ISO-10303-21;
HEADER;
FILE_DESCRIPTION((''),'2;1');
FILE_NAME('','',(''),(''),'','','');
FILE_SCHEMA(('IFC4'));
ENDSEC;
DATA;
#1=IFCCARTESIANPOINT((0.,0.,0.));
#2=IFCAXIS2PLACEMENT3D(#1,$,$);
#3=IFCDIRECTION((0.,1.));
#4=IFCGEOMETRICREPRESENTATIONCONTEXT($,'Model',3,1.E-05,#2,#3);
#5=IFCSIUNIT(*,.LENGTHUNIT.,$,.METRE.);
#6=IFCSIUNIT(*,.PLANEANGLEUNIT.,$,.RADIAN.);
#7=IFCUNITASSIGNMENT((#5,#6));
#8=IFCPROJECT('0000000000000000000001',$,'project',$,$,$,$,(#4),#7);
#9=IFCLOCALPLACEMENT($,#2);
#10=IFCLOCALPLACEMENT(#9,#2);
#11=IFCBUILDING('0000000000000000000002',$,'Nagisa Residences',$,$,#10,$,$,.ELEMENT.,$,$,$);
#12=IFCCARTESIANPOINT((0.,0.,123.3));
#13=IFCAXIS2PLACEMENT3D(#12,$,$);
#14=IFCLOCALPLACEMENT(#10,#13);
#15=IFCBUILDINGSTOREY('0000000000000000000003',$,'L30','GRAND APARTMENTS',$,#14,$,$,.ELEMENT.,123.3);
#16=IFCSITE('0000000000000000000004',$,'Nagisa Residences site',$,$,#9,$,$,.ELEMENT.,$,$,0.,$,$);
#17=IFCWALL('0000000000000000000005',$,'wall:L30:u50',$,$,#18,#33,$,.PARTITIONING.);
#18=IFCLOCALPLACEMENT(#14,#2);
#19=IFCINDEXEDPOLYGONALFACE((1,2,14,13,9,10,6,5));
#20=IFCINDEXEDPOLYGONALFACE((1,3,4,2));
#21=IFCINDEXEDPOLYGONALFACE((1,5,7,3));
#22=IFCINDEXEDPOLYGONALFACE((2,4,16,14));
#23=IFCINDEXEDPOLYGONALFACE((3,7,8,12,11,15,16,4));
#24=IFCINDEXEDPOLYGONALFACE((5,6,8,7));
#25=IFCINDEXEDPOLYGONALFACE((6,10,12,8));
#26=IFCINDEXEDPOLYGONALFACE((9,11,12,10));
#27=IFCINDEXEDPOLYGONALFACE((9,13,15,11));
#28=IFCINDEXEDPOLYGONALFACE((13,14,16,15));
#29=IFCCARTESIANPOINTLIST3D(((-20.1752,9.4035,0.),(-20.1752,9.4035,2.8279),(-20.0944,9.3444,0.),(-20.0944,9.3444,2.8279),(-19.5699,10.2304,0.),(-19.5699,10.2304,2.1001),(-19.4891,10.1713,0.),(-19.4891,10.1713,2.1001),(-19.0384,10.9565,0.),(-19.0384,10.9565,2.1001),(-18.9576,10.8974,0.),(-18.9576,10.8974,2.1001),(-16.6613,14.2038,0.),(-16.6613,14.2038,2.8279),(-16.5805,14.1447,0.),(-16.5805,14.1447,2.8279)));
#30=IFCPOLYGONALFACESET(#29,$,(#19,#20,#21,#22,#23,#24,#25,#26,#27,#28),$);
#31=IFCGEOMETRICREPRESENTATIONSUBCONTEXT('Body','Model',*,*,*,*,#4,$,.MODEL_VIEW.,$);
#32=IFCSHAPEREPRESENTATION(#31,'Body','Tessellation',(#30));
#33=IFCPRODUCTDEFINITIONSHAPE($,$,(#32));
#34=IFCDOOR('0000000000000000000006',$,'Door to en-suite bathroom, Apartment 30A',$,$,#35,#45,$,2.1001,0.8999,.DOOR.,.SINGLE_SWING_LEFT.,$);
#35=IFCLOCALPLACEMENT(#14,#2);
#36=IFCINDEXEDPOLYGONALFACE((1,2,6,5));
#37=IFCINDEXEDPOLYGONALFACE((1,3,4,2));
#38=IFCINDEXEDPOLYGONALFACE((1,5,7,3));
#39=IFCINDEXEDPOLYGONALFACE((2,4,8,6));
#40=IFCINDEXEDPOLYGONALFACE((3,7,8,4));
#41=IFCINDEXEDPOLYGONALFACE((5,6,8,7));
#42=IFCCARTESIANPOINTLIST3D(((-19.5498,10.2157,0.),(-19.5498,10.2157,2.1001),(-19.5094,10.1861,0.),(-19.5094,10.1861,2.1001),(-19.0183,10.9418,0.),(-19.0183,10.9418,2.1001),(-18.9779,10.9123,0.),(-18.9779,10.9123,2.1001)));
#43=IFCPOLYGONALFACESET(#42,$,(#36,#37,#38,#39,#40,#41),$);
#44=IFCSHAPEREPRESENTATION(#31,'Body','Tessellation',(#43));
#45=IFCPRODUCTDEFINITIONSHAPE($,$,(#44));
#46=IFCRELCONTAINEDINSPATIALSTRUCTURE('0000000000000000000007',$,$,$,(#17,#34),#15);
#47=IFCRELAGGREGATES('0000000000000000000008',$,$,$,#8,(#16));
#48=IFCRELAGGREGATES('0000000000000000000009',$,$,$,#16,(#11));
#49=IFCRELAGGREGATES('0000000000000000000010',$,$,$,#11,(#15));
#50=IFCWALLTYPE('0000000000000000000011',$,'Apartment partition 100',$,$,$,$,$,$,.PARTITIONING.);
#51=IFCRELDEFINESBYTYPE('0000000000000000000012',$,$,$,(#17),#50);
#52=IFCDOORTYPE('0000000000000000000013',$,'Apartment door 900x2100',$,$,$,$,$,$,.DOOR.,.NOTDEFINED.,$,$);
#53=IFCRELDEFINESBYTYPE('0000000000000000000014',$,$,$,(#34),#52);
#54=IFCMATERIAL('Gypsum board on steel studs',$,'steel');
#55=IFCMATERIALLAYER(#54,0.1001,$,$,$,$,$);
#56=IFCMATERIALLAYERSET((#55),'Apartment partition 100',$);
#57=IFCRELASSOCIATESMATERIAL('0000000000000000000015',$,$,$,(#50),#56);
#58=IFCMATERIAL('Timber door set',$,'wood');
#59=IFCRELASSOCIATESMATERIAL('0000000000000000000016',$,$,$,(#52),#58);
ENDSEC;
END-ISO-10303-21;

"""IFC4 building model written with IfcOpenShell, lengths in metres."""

from ifc_helpers import new_model, si_unit, direction, frame, frame_2d, origin, place, context, subcontext, project, spatial, rectangle, extrude, material, layer, layer_set, type_object, element, fill, save


model = new_model("IFC4")

# Units and contexts
model_context = context("Model", 3, precision=1e-05, world=origin(), true_north=direction((0.0, 1.0)))
body_context = subcontext(model_context, "Body", "Model", "MODEL_VIEW")
ifc_project = project(units=[si_unit("LENGTHUNIT", "METRE"), si_unit("PLANEANGLEUNIT", "RADIAN")], contexts=[model_context])

# Site, building, storey
site_placement = place(None, origin())
site = spatial("IfcSite", under=ifc_project, at=site_placement, Name="Nagisa Residences site", CompositionType="ELEMENT", RefElevation=0.0)
building_placement = place(site_placement, origin())
building = spatial("IfcBuilding", under=site, at=building_placement, Name="Nagisa Residences", CompositionType="ELEMENT")
storey_placement = place(building_placement, frame((0.0, 0.0, 123.3)))
storey = spatial("IfcBuildingStorey", under=building, at=storey_placement, Name="L30", Description="GRAND APARTMENTS", CompositionType="ELEMENT", Elevation=123.3)

# Wall, opening, door
ifc_material_1 = material(Name="Gypsum board on steel studs", Category="steel")
ifc_layer_1 = layer(ifc_material_1, 0.1001)
ifc_layer_set_1 = layer_set([ifc_layer_1], Name="Apartment partition 100")
wall_type_1 = type_object("IfcWallType", Name="Apartment partition 100", PredefinedType="PARTITIONING", material=ifc_layer_set_1)
ifc_material_2 = material(Name="Timber door set", Category="wood")
door_type_1 = type_object("IfcDoorType", Name="Apartment door 900x2100", OperationType="NOTDEFINED", PredefinedType="DOOR", material=ifc_material_2)
wall_1_placement = place(storey_placement, frame((-16.6208, 14.1743, 0.0), z_axis=(0.0, 0.0, 1.0), x_axis=(-0.590675, -0.80691, 0.0)))
wall_1 = element("IfcWall", 1, at=wall_1_placement, inside=storey, type_object=wall_type_1, Name="wall:L30:u50", PredefinedType="PARTITIONING", context=body_context, shape_type="SweptSolid", body=[
    extrude(rectangle(XDim=5.949, YDim=0.1001, at=frame_2d((2.9746, 0.0))), origin(), (0.0, 0.0, 1.0), 2.8279),
])
opening_1_placement = place(wall_1_placement, frame((4.0244, 0.0, 0.0)))
opening_1 = element("IfcOpeningElement", 2, at=opening_1_placement, cuts=wall_1, PredefinedType="OPENING", context=body_context, shape_type="SweptSolid", body=[
    extrude(rectangle(XDim=0.8999, YDim=2.1001, at=frame_2d((0.45, 1.05))), frame((0.0, 0.0601, 0.0), z_axis=(0.0, -1.0, 0.0), x_axis=(1.0, 0.0, 0.0)), (0.0, 0.0, 1.0), 0.1201),
])
door_1_placement = place(opening_1_placement, origin())
door_1 = element("IfcDoor", 3, at=door_1_placement, inside=storey, type_object=door_type_1, Name="Door to en-suite bathroom, Apartment 30A", OperationType="SINGLE_SWING_LEFT", OverallHeight=2.1001, OverallWidth=0.8999, PredefinedType="DOOR", context=body_context, shape_type="SweptSolid", body=[
    extrude(rectangle(XDim=0.8999, YDim=2.1001, at=frame_2d((0.45, 1.05))), frame((0.0, 0.0249, 0.0), z_axis=(0.0, -1.0, 0.0), x_axis=(1.0, 0.0, 0.0)), (0.0, 0.0, 1.0), 0.05),
])
fill(opening_1, door_1)

save(model, "model.ifc")
